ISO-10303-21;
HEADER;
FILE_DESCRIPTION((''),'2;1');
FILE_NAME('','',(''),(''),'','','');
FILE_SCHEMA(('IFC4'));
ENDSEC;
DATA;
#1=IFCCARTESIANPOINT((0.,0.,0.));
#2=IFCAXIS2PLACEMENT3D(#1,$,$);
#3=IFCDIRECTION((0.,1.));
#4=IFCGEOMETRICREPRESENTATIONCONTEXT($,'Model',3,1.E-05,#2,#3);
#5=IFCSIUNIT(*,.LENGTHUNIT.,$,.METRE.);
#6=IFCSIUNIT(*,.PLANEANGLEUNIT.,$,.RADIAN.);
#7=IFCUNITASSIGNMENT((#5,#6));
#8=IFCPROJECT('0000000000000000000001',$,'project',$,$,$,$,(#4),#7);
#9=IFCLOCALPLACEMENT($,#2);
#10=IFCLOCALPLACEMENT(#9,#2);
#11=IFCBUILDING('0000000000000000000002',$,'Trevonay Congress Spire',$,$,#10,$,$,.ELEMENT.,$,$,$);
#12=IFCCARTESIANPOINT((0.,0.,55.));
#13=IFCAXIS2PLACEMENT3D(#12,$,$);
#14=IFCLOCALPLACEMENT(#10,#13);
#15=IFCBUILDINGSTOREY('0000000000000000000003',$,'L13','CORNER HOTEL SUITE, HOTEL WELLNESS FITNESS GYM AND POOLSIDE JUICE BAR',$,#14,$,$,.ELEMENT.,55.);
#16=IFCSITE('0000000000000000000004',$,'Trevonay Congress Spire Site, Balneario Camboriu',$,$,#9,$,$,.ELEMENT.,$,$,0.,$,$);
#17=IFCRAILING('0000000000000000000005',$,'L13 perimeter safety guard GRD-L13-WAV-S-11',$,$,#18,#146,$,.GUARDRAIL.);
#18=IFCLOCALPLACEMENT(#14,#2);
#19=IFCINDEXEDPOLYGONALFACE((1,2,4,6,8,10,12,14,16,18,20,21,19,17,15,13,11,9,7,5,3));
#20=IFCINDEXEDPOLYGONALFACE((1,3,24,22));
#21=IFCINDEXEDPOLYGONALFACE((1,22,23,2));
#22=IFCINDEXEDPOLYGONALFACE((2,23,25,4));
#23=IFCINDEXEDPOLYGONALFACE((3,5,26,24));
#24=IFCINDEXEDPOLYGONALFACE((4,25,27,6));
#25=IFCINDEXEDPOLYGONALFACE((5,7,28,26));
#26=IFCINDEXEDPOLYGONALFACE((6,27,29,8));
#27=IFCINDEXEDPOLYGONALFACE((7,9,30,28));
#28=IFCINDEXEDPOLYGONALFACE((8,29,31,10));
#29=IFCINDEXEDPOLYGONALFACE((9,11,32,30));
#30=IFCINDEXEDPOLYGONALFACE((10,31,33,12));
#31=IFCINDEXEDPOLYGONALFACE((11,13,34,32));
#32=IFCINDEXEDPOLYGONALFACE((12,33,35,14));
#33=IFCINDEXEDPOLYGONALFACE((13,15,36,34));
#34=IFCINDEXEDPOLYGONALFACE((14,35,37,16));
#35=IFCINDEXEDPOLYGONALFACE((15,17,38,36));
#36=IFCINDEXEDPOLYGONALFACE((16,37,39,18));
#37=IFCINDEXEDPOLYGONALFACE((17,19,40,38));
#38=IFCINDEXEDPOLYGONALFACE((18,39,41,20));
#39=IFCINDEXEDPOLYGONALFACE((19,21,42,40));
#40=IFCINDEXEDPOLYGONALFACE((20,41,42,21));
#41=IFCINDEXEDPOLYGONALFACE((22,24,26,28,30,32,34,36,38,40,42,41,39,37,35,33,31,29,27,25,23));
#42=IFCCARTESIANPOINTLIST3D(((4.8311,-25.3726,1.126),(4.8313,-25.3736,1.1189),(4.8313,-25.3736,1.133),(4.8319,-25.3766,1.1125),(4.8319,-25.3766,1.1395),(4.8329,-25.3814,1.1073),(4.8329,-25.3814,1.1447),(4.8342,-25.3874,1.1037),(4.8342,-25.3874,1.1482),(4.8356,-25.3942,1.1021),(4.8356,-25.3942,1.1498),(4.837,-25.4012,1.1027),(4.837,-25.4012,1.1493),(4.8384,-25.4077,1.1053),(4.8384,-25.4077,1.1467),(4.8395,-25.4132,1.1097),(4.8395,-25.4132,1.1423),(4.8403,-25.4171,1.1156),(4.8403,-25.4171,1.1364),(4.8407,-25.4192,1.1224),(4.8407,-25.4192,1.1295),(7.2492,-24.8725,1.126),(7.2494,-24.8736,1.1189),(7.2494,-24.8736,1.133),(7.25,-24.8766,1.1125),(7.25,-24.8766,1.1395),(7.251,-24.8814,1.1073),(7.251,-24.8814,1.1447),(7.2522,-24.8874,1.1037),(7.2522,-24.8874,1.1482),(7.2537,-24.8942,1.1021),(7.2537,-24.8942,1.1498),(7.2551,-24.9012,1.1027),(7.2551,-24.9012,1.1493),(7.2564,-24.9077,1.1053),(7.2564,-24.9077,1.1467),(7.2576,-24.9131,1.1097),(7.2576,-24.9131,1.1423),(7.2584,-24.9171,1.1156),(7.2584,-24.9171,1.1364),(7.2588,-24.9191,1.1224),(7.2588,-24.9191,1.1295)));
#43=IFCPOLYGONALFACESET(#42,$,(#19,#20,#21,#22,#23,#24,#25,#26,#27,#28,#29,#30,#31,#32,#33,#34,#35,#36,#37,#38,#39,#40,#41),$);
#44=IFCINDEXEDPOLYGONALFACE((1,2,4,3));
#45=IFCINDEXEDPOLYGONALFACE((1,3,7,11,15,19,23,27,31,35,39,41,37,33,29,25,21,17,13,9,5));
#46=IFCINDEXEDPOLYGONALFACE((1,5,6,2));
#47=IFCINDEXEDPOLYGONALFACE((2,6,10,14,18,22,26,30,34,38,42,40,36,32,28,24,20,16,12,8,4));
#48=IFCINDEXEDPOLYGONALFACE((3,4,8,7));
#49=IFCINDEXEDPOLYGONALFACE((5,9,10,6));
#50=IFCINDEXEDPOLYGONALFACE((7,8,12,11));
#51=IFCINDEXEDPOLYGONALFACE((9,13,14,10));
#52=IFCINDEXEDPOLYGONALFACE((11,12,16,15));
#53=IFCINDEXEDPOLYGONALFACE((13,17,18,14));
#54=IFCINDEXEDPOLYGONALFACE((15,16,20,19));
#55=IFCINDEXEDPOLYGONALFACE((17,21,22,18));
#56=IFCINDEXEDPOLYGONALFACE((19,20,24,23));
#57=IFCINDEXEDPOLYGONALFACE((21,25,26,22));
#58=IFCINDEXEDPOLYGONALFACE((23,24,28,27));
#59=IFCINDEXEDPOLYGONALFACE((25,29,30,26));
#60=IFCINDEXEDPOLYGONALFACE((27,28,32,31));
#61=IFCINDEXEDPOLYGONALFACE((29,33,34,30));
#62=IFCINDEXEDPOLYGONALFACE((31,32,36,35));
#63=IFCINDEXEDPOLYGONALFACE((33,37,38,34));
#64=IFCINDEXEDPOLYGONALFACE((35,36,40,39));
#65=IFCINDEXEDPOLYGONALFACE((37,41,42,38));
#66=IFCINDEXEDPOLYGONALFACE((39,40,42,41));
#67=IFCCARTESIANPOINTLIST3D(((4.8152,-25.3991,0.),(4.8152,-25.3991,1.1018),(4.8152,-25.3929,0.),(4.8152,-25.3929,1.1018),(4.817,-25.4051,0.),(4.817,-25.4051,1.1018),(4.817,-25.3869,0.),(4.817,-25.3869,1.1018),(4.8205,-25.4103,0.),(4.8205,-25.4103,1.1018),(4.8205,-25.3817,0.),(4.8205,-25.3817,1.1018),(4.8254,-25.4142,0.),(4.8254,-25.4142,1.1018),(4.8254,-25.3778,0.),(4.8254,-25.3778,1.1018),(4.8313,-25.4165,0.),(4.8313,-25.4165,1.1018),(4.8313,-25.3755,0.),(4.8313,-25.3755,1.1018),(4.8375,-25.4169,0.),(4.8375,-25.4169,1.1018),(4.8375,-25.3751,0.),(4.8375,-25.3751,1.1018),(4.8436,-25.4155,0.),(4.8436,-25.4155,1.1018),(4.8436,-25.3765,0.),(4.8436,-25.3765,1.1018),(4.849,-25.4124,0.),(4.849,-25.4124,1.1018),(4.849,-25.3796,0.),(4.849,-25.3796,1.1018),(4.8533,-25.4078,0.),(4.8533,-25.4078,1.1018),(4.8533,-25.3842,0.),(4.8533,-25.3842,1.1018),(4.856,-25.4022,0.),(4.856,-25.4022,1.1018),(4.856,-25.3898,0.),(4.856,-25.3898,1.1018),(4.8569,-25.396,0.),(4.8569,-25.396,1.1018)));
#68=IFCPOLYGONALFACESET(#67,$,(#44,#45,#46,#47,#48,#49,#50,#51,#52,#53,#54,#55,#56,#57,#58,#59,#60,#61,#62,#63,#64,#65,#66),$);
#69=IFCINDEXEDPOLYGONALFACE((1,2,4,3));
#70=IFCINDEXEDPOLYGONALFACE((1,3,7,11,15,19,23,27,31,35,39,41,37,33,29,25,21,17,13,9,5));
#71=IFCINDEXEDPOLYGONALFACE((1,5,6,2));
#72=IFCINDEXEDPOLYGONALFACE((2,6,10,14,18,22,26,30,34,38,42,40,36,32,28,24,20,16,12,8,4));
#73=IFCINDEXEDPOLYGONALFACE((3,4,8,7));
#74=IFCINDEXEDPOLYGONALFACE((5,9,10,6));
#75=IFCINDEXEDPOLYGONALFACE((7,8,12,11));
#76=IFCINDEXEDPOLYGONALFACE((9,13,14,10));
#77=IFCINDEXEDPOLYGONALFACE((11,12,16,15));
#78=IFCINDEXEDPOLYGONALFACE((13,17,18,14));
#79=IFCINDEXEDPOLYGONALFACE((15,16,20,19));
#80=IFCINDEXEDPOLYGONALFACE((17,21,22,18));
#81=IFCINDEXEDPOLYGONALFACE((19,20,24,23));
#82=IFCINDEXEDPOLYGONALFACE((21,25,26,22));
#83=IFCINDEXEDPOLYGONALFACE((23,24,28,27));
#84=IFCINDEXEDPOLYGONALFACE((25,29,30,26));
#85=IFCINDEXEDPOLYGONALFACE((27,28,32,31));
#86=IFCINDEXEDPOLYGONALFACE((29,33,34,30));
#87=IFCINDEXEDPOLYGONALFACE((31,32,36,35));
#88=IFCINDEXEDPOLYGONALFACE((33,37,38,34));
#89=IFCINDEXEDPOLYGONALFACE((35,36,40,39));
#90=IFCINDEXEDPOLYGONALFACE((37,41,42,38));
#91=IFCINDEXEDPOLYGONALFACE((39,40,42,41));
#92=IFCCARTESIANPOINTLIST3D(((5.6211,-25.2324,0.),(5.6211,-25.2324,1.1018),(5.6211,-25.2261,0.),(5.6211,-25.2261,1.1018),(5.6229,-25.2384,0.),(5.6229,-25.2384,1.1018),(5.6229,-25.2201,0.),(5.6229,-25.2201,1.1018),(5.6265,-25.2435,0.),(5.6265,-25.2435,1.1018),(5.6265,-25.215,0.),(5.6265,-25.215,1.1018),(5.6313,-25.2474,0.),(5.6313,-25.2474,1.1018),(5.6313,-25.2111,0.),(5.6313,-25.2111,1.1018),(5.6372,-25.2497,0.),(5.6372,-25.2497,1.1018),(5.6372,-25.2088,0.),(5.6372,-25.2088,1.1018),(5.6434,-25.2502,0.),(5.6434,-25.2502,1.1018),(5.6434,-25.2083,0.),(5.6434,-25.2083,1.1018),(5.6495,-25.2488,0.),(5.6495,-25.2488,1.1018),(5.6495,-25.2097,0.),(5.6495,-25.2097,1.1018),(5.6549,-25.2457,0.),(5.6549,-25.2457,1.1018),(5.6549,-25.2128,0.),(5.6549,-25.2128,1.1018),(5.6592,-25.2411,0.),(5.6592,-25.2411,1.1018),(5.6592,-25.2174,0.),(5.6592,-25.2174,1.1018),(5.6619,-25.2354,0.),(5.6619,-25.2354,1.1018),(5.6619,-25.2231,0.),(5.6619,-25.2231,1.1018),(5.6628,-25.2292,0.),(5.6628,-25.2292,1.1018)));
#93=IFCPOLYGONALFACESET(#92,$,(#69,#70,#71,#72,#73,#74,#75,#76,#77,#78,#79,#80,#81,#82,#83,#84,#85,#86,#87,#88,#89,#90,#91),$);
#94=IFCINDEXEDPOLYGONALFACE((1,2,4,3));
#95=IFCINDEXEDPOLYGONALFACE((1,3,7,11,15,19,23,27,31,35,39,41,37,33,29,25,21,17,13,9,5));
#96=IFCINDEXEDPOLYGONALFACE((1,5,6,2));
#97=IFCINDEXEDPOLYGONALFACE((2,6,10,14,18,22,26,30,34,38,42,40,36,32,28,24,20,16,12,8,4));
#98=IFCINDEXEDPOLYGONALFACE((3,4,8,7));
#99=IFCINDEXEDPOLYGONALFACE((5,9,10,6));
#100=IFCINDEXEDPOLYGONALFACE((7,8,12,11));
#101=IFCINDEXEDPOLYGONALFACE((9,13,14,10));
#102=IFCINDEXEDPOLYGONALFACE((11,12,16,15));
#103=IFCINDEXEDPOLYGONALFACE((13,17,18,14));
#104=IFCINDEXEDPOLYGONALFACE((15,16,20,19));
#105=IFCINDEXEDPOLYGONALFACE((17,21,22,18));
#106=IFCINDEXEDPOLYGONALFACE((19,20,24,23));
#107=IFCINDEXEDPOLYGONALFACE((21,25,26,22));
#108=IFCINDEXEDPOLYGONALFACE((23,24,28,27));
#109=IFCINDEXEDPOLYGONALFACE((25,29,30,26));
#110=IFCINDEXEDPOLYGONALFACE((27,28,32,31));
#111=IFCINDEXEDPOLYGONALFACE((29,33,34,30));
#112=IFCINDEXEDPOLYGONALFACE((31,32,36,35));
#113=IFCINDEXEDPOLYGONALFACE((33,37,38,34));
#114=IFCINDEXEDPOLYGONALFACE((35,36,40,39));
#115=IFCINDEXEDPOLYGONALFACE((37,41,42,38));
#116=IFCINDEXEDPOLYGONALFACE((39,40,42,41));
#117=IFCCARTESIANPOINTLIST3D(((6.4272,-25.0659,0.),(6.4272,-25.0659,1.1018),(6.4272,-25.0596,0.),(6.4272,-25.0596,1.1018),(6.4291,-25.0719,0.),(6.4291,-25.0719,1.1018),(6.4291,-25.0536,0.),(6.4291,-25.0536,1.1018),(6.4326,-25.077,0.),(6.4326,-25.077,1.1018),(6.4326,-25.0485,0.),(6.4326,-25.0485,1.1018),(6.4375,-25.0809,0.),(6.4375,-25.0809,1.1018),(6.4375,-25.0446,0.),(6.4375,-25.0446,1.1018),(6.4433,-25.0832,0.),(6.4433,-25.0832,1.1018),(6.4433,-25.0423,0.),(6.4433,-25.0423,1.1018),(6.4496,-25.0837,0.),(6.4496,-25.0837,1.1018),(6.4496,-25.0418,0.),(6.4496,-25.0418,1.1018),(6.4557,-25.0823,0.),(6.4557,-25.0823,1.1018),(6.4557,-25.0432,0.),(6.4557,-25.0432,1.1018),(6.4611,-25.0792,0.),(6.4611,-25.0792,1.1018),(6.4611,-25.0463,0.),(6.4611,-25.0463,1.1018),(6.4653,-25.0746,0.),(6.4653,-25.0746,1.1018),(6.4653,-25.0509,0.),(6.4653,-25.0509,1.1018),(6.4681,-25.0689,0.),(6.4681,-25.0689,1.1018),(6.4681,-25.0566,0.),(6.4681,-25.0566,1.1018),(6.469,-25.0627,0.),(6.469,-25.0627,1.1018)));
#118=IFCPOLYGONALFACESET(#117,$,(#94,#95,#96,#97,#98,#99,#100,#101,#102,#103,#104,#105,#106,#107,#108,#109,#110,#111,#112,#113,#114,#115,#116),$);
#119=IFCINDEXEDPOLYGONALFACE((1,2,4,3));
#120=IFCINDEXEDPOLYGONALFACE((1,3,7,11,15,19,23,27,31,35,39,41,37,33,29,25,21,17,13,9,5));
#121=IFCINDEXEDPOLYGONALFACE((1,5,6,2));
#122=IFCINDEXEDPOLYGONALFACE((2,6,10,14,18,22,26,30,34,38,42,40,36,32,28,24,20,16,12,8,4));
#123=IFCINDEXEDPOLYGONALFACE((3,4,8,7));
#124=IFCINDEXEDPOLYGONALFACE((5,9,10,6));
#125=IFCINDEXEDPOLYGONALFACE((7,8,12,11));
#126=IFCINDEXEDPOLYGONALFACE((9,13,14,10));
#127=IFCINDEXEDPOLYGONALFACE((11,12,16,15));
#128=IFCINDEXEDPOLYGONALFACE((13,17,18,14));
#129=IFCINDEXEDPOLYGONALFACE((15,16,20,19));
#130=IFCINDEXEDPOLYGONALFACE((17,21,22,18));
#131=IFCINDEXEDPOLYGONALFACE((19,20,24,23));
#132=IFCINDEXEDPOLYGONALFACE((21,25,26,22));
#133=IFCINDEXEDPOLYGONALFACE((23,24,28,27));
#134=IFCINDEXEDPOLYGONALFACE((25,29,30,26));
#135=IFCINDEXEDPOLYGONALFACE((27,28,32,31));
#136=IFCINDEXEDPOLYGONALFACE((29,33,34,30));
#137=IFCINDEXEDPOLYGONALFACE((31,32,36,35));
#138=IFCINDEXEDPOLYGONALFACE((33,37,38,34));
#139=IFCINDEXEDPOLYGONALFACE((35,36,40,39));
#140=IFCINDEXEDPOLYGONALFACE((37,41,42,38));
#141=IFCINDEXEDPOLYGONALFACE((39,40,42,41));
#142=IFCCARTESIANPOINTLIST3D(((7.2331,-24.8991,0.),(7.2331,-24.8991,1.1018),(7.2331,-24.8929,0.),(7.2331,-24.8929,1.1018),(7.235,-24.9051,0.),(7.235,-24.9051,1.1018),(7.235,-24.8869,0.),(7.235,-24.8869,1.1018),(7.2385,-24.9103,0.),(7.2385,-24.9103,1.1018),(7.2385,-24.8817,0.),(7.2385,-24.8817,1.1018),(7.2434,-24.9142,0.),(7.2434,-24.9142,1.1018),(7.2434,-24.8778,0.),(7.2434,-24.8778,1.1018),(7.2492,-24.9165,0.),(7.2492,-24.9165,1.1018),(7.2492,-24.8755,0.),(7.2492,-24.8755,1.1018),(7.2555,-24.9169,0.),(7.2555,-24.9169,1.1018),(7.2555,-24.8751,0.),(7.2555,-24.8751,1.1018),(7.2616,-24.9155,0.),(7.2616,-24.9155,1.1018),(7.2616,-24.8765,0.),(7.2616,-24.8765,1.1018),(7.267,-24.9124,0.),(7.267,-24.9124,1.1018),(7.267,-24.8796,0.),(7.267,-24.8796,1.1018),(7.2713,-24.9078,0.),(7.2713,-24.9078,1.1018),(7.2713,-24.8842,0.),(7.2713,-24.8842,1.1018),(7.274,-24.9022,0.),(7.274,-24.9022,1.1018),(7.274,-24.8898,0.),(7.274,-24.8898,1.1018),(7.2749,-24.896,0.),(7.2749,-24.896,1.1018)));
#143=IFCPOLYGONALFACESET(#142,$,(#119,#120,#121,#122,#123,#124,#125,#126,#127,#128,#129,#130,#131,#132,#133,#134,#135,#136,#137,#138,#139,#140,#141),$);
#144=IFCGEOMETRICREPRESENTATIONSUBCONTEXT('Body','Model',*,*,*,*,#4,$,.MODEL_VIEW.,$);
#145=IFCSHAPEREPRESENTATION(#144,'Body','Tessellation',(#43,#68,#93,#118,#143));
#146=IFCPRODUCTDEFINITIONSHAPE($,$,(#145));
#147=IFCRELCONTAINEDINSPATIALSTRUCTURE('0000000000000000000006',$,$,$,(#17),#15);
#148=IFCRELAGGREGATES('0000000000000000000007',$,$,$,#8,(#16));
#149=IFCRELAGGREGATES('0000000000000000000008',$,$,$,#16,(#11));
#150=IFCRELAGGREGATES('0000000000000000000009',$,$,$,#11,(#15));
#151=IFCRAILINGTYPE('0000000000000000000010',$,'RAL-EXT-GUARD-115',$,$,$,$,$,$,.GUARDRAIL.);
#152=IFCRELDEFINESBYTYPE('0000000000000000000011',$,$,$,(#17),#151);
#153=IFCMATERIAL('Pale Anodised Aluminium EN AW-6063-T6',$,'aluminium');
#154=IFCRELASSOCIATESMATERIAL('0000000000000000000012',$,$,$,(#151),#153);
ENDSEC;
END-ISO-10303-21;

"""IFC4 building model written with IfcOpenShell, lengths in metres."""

from ifc_helpers import new_model, si_unit, direction, frame, origin, origin_2d, place, context, subcontext, project, spatial, circle, extrude, material, type_object, element, save


model = new_model("IFC4")

# Units and contexts
model_context = context("Model", 3, precision=1e-05, world=origin(), true_north=direction((0.0, 1.0)))
body_context = subcontext(model_context, "Body", "Model", "MODEL_VIEW")
ifc_project = project(units=[si_unit("LENGTHUNIT", "METRE"), si_unit("PLANEANGLEUNIT", "RADIAN")], contexts=[model_context])

# Site, building, storey
site_placement = place(None, origin())
site = spatial("IfcSite", under=ifc_project, at=site_placement, Name="Trevonay Congress Spire Site, Balneario Camboriu", CompositionType="ELEMENT", RefElevation=0.0)
building_placement = place(site_placement, origin())
building = spatial("IfcBuilding", under=site, at=building_placement, Name="Trevonay Congress Spire", CompositionType="ELEMENT")
storey_placement = place(building_placement, frame((0.0, 0.0, 55.0)))
storey = spatial("IfcBuildingStorey", under=building, at=storey_placement, Name="L13", Description="CORNER HOTEL SUITE, HOTEL WELLNESS FITNESS GYM AND POOLSIDE JUICE BAR", CompositionType="ELEMENT", Elevation=55.0)

# Shared definitions
ifc_material_1 = material(Name="Pale Anodised Aluminium EN AW-6063-T6", Category="aluminium")

# Railing
railing_type = type_object("IfcRailingType", Name="RAL-EXT-GUARD-115", PredefinedType="GUARDRAIL", material=ifc_material_1)
railing_1_placement = place(storey_placement, frame((4.8359, -25.396, 0.0)))
element("IfcRailing", 1, at=railing_1_placement, inside=storey, type_object=railing_type, Name="L13 perimeter safety guard GRD-L13-WAV-S-11", PredefinedType="GUARDRAIL", context=body_context, shape_type="SweptSolid", body=[
    extrude(circle(Radius=0.0239, at=origin_2d()), frame((0.0, 0.0, 1.126), z_axis=(0.979282, 0.202501, 0.0), x_axis=(-0.202501, 0.979282, 0.0)), (0.0, 0.0, 1.0), 2.4692),
    extrude(circle(Radius=0.021, at=origin_2d()), origin(), (0.0, 0.0, 1.0), 1.1018),
    extrude(circle(Radius=0.021, at=origin_2d()), frame((0.8059, 0.1667, 0.0)), (0.0, 0.0, 1.0), 1.1018),
    extrude(circle(Radius=0.021, at=origin_2d()), frame((1.6121, 0.3333, 0.0)), (0.0, 0.0, 1.0), 1.1018),
    extrude(circle(Radius=0.021, at=origin_2d()), frame((2.418, 0.5, 0.0)), (0.0, 0.0, 1.0), 1.1018),
])

save(model, "model.ifc")
